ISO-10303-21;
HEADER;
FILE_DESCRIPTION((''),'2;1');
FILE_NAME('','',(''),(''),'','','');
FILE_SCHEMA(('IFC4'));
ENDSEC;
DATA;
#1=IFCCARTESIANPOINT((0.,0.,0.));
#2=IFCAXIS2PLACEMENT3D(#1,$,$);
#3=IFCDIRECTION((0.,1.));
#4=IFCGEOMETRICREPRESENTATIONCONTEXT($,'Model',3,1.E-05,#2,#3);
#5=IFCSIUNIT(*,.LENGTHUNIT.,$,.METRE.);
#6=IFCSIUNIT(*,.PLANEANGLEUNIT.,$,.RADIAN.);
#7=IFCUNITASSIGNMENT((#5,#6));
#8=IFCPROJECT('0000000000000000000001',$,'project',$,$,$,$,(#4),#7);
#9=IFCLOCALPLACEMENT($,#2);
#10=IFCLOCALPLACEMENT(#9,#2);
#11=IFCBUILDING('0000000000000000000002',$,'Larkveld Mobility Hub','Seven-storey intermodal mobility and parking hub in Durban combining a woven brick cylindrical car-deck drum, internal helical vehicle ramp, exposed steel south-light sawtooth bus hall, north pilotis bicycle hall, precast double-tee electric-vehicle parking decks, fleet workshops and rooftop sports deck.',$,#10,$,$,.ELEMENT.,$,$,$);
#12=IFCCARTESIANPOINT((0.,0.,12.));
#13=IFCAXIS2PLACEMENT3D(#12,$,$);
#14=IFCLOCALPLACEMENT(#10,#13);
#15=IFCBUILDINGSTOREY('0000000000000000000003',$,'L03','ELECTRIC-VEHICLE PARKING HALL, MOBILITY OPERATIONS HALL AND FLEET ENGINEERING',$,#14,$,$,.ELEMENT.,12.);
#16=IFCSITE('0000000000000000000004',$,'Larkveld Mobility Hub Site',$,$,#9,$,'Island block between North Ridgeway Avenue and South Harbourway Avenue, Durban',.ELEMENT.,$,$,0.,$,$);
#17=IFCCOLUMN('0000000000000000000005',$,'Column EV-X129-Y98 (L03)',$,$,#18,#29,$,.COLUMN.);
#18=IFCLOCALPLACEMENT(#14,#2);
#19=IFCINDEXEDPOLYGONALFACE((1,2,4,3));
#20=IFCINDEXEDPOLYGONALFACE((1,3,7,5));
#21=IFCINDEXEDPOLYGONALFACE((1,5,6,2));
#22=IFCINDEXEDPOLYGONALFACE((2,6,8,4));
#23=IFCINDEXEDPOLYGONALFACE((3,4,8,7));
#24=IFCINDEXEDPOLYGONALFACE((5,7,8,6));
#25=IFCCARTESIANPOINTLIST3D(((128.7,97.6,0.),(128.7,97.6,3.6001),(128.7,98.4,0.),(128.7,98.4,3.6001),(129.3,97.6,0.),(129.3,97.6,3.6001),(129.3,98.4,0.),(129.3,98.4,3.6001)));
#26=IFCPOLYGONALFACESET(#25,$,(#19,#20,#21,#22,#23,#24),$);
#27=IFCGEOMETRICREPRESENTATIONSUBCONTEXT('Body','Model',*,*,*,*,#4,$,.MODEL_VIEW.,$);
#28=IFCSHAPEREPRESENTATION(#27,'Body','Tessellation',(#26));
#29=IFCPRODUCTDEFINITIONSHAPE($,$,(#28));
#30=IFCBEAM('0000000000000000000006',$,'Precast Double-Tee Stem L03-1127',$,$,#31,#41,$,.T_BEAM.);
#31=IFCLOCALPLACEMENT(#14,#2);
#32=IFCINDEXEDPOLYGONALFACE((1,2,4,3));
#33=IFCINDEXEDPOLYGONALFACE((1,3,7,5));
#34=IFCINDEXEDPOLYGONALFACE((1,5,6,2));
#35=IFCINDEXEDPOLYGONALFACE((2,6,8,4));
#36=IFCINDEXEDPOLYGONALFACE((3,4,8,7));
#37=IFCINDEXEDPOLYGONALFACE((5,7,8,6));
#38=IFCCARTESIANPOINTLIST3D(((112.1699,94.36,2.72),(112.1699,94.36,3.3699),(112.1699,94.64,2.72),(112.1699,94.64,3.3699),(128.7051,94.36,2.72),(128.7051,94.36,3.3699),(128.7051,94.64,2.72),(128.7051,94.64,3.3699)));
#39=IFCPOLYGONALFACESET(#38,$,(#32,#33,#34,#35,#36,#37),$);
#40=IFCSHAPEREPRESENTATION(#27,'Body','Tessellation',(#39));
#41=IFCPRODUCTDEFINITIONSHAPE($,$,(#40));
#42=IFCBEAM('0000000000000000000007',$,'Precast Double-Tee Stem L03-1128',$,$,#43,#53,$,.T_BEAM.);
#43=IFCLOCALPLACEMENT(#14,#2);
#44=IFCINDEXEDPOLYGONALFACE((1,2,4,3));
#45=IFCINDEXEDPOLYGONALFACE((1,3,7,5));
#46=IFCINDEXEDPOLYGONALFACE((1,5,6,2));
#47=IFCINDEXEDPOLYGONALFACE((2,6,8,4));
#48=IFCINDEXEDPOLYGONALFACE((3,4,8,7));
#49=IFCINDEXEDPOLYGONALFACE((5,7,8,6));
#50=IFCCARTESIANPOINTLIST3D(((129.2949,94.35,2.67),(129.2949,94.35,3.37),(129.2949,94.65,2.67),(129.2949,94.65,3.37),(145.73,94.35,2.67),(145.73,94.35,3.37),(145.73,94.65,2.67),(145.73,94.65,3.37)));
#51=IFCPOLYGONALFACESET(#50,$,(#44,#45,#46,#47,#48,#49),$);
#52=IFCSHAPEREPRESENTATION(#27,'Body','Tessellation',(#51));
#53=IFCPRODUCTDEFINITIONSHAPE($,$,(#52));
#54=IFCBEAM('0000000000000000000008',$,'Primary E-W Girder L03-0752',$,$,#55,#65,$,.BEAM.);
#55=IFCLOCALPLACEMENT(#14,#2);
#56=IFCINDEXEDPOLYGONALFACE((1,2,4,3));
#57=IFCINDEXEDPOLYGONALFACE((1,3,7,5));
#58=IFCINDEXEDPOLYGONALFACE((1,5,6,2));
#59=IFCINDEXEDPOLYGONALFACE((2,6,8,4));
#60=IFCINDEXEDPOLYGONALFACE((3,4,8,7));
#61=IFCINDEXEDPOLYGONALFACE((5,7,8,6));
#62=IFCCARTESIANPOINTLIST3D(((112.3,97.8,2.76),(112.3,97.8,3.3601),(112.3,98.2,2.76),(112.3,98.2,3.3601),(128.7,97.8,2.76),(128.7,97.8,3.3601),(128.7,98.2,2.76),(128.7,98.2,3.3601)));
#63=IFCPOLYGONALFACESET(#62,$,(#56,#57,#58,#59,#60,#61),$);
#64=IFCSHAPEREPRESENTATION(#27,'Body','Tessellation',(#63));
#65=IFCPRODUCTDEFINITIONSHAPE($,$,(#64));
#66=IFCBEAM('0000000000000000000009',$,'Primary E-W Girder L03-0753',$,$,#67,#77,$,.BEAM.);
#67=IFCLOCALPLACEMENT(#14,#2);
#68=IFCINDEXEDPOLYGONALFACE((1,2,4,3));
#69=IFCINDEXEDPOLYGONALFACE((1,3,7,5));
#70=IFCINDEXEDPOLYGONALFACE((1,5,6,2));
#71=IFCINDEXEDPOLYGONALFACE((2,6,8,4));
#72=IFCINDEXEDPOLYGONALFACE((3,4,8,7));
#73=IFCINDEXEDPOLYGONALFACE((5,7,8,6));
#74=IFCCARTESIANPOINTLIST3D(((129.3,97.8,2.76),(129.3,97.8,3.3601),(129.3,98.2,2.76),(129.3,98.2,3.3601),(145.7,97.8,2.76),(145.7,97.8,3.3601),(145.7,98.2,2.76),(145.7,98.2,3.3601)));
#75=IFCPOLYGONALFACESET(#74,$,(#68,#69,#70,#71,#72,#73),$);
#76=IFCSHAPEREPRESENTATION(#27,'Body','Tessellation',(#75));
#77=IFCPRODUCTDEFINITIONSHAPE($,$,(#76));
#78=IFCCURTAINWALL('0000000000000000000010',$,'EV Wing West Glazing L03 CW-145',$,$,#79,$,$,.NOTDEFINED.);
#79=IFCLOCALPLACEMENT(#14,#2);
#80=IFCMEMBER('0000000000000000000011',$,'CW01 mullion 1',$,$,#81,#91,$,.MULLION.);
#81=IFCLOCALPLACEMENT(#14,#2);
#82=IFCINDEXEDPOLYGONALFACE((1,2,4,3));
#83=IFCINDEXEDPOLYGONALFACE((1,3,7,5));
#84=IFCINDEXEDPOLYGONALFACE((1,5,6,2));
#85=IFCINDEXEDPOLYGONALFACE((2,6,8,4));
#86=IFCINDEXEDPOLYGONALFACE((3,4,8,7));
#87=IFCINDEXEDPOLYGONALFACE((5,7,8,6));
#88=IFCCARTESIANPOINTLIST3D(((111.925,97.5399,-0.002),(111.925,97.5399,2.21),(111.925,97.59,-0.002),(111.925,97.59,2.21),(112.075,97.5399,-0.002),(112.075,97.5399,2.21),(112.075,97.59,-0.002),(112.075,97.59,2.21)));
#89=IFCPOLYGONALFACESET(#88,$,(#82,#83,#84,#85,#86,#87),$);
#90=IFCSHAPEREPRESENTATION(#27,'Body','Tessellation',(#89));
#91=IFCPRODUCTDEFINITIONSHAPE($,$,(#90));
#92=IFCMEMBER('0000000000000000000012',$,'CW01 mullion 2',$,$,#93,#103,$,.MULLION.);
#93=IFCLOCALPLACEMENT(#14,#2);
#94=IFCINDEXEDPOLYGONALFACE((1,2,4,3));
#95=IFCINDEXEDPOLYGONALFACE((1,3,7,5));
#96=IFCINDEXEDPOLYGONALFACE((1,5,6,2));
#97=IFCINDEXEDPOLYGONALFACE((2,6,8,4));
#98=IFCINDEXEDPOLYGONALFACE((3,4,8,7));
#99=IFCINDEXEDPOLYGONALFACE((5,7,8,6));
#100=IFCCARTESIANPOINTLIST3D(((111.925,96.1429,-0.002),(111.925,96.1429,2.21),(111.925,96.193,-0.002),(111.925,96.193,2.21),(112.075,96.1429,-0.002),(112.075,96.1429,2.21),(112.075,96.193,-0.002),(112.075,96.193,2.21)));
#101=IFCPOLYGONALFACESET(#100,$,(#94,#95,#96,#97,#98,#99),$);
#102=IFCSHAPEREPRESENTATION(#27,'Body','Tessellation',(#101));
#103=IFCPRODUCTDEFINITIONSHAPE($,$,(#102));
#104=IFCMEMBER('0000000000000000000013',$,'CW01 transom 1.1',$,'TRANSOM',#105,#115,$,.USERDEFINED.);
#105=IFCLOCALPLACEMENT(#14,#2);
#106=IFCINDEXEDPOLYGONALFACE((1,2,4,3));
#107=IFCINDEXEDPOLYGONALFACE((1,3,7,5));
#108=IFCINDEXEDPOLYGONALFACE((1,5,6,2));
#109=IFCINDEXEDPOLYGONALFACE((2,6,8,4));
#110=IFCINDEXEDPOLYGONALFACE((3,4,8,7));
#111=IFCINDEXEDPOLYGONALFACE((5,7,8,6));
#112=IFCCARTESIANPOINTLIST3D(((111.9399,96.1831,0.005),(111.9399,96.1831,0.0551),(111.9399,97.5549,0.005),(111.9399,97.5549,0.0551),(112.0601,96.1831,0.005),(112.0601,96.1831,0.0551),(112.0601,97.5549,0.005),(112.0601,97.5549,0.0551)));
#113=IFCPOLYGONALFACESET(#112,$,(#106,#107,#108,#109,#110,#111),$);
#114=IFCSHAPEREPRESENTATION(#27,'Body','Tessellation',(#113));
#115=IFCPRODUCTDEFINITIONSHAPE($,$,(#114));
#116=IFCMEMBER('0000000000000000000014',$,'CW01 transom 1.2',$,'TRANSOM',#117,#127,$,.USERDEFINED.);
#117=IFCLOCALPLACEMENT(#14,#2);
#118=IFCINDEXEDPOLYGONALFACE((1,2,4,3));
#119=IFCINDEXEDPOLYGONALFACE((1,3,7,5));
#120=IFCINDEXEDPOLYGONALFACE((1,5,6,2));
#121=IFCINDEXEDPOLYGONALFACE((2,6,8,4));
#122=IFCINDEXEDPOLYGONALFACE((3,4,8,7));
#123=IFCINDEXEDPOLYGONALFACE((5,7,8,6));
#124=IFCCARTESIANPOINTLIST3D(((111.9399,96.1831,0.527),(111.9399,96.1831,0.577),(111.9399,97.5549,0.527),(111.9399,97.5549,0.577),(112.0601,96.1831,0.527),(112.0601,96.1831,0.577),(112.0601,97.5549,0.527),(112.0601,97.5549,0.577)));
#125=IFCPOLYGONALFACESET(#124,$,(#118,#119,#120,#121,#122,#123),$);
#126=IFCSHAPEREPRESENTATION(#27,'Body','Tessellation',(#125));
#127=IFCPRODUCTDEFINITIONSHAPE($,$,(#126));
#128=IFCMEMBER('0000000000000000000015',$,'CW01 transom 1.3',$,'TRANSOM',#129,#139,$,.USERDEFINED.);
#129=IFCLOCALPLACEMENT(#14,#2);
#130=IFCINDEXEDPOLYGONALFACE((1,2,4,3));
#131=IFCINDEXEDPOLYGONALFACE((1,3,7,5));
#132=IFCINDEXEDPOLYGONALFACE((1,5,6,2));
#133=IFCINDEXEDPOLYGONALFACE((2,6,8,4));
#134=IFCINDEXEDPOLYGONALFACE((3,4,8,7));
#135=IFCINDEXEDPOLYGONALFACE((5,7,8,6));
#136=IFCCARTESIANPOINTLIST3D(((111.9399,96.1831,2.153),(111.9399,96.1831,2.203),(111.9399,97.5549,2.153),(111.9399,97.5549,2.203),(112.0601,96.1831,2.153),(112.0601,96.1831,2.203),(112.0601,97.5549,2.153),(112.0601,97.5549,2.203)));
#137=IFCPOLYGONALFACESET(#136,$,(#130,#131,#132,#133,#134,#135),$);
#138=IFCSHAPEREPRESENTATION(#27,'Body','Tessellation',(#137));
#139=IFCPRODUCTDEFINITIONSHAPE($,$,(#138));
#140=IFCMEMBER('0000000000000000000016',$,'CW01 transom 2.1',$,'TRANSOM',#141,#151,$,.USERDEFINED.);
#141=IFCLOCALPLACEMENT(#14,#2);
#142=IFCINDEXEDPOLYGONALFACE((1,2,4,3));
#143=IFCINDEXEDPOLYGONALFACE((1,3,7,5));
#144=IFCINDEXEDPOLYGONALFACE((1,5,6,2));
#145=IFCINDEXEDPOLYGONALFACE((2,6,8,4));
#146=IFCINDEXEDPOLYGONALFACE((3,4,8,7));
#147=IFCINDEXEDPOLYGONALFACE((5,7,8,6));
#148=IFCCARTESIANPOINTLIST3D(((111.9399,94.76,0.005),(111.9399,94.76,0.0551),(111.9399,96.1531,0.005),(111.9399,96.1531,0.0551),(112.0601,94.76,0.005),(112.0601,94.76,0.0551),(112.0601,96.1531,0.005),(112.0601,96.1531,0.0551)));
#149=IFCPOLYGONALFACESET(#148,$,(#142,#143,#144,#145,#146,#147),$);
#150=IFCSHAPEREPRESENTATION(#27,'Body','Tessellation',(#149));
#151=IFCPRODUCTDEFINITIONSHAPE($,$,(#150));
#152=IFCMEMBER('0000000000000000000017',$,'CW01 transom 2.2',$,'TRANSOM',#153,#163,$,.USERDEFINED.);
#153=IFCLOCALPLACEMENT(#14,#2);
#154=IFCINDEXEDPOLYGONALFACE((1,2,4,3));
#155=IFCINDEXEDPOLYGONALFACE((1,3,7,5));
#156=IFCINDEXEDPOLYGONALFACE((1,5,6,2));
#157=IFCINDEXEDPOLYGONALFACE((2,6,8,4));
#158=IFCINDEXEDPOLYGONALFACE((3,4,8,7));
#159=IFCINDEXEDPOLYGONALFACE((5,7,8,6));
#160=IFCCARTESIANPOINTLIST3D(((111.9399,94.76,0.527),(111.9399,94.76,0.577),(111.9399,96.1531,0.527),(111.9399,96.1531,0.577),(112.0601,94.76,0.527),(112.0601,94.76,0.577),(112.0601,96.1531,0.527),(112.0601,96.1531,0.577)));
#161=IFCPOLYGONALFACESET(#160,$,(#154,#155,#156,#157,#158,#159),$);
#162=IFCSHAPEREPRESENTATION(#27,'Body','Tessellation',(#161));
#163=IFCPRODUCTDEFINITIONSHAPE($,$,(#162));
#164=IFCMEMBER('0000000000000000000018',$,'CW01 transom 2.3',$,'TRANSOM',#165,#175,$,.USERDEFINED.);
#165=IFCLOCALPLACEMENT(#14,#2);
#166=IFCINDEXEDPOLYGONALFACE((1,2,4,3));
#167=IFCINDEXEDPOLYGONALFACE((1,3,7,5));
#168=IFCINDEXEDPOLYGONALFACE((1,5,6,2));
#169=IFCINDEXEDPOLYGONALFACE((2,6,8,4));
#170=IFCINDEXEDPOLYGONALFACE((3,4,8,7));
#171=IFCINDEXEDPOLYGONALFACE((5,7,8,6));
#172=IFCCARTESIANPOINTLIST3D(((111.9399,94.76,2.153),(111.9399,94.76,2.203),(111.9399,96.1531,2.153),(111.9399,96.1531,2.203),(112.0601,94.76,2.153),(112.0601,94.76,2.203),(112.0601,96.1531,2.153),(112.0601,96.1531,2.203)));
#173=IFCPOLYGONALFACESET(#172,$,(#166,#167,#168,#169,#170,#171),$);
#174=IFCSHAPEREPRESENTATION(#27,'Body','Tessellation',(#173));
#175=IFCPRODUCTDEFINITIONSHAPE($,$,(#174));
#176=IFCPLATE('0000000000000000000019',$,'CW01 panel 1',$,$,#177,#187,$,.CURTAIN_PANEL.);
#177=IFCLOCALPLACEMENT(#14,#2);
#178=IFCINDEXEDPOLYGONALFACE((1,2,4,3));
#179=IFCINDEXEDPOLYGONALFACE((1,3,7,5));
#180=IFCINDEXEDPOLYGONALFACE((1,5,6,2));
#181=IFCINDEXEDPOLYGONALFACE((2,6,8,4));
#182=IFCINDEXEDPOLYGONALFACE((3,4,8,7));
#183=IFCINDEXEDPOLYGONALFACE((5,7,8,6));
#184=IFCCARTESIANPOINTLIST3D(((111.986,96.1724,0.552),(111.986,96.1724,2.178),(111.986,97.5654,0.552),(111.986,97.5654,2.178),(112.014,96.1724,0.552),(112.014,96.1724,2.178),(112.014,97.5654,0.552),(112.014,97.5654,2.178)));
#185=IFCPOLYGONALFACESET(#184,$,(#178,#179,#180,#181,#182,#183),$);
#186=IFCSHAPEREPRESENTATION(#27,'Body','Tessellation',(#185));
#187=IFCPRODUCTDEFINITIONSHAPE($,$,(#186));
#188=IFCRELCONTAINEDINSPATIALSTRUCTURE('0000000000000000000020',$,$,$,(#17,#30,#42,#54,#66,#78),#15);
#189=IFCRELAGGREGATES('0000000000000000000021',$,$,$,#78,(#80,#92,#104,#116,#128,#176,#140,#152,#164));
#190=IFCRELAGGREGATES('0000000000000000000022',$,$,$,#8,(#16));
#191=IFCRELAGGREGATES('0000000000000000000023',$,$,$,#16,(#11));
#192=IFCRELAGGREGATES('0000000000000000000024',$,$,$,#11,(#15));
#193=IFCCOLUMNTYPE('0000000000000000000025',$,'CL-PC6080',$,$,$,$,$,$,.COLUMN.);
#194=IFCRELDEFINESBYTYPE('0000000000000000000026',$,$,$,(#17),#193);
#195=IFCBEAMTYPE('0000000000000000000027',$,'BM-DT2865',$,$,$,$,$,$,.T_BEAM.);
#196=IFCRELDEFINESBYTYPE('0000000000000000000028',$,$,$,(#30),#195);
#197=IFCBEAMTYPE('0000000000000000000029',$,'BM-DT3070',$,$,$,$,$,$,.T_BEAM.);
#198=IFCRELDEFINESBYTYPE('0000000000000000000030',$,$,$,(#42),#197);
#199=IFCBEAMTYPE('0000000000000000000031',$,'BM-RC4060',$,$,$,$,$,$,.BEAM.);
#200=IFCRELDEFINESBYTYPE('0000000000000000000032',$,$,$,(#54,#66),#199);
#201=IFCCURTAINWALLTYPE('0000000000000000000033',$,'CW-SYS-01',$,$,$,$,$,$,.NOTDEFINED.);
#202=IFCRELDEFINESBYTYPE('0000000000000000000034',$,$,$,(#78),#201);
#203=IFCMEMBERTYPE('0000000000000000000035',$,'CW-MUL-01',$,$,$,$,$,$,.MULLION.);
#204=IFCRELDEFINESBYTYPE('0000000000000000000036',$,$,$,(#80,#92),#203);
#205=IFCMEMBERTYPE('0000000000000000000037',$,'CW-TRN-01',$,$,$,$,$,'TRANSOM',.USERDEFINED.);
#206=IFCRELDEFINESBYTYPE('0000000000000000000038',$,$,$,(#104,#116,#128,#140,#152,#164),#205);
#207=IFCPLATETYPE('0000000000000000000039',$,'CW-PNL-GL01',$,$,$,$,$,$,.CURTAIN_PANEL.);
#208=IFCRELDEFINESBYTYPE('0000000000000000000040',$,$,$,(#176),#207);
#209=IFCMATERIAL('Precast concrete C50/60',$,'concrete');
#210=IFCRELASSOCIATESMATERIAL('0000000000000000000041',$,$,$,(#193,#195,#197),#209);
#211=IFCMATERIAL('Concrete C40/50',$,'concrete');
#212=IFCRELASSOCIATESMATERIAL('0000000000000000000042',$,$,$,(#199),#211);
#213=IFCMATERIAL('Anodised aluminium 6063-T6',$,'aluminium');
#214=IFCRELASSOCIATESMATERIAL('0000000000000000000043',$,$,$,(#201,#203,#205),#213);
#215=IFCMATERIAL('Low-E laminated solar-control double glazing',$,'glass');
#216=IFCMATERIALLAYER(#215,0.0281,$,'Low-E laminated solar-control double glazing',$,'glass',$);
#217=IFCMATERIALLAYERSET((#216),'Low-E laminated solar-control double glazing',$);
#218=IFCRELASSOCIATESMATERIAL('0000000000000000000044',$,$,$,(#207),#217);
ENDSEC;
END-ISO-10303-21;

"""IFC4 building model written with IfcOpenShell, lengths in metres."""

from ifc_helpers import new_model, si_unit, direction, frame, origin, origin_2d, place, context, subcontext, project, spatial, rectangle, extrude, material, layer, layer_set, material_profile, profile_set, type_object, element, aggregate, save


model = new_model("IFC4")

# Units and contexts
model_context = context("Model", 3, precision=1e-05, world=origin(), true_north=direction((0.0, 1.0)))
body_context = subcontext(model_context, "Body", "Model", "MODEL_VIEW")
ifc_project = project(units=[si_unit("LENGTHUNIT", "METRE"), si_unit("PLANEANGLEUNIT", "RADIAN")], contexts=[model_context])

# Site, building, storey
site_placement = place(None, origin())
site = spatial("IfcSite", under=ifc_project, at=site_placement, Name="Larkveld Mobility Hub Site", LongName="Island block between North Ridgeway Avenue and South Harbourway Avenue, Durban", CompositionType="ELEMENT", RefElevation=0.0)
building_placement = place(site_placement, origin())
building = spatial("IfcBuilding", under=site, at=building_placement, Name="Larkveld Mobility Hub", Description="Seven-storey intermodal mobility and parking hub in Durban combining a woven brick cylindrical car-deck drum, internal helical vehicle ramp, exposed steel south-light sawtooth bus hall, north pilotis bicycle hall, precast double-tee electric-vehicle parking decks, fleet workshops and rooftop sports deck.", CompositionType="ELEMENT")
storey_placement = place(building_placement, frame((0.0, 0.0, 12.0)))
storey = spatial("IfcBuildingStorey", under=building, at=storey_placement, Name="L03", Description="ELECTRIC-VEHICLE PARKING HALL, MOBILITY OPERATIONS HALL AND FLEET ENGINEERING", CompositionType="ELEMENT", Elevation=12.0)

# Column
ifc_material_1 = material(Name="Precast concrete C50/60", Category="concrete")
ifc_material_profile_1 = material_profile(ifc_material_1, rectangle(XDim=0.6001, YDim=0.8, at=origin_2d()), Name="RC COL 600x800")
ifc_profile_set_1 = profile_set([ifc_material_profile_1], Name="Precast concrete C50/60")
column_type = type_object("IfcColumnType", Name="CL-PC6080", PredefinedType="COLUMN", material=ifc_profile_set_1)
column_placement = place(storey_placement, frame((129.0, 98.0, 0.0), z_axis=(0.0, 0.0, 1.0), x_axis=(1.0, 0.0, 0.0)))
element("IfcColumn", 1, at=column_placement, inside=storey, type_object=column_type, Name="Column EV-X129-Y98 (L03)", PredefinedType="COLUMN", context=body_context, shape_type="SweptSolid", body=[
    extrude(rectangle(XDim=0.6001, YDim=0.8, at=origin_2d()), origin(), (0.0, 0.0, 1.0), 3.6001),
])

# Beams
ifc_material_profile_2 = material_profile(ifc_material_1, rectangle(XDim=0.28, YDim=0.6499, at=origin_2d()), Name="PC DT 280x650")
ifc_profile_set_2 = profile_set([ifc_material_profile_2], Name="Precast concrete C50/60")
beam_type_1 = type_object("IfcBeamType", Name="BM-DT2865", PredefinedType="T_BEAM", material=ifc_profile_set_2)
beam_1_placement = place(storey_placement, frame((112.1699, 94.5, 3.0449), z_axis=(1.0, 0.0, 0.0), x_axis=(0.0, 1.0, 0.0)))
element("IfcBeam", 2, at=beam_1_placement, inside=storey, type_object=beam_type_1, Name="Precast Double-Tee Stem L03-1127", PredefinedType="T_BEAM", context=body_context, shape_type="SweptSolid", body=[
    extrude(rectangle(XDim=0.28, YDim=0.6499, at=origin_2d()), origin(), (0.0, 0.0, 1.0), 16.5352),
])
ifc_material_profile_3 = material_profile(ifc_material_1, rectangle(XDim=0.3, YDim=0.7, at=origin_2d()), Name="PC DT 300x700")
ifc_profile_set_3 = profile_set([ifc_material_profile_3], Name="Precast concrete C50/60")
beam_type_2 = type_object("IfcBeamType", Name="BM-DT3070", PredefinedType="T_BEAM", material=ifc_profile_set_3)
beam_2_placement = place(storey_placement, frame((129.2949, 94.5, 3.02), z_axis=(1.0, 0.0, 0.0), x_axis=(0.0, 1.0, 0.0)))
element("IfcBeam", 3, at=beam_2_placement, inside=storey, type_object=beam_type_2, Name="Precast Double-Tee Stem L03-1128", PredefinedType="T_BEAM", context=body_context, shape_type="SweptSolid", body=[
    extrude(rectangle(XDim=0.3, YDim=0.7, at=origin_2d()), origin(), (0.0, 0.0, 1.0), 16.4351),
])
ifc_material_2 = material(Name="Concrete C40/50", Category="concrete")
ifc_material_profile_4 = material_profile(ifc_material_2, rectangle(XDim=0.3999, YDim=0.6001, at=origin_2d()), Name="RC BM 400x600")
ifc_profile_set_4 = profile_set([ifc_material_profile_4], Name="Concrete C40/50")
beam_type_3 = type_object("IfcBeamType", Name="BM-RC4060", PredefinedType="BEAM", material=ifc_profile_set_4)
for number, where, z_axis, x_axis, name in (
    (4, (112.3, 98.0, 3.0601), (1.0, 0.0, 0.0), (0.0, 1.0, 0.0), "Primary E-W Girder L03-0752"),
    (5, (129.3, 98.0, 3.0601), (1.0, 0.0, 0.0), (0.0, 1.0, 0.0), "Primary E-W Girder L03-0753"),
):
    element("IfcBeam", number, at=place(storey_placement, frame(where, z_axis=z_axis, x_axis=x_axis)), inside=storey, type_object=beam_type_3, Name=name, PredefinedType="BEAM", context=body_context, shape_type="SweptSolid", body=[
        extrude(rectangle(XDim=0.3999, YDim=0.6001, at=origin_2d()), origin(), (0.0, 0.0, 1.0), 16.3999),
    ])

# Curtain wall, members, plate
ifc_material_3 = material(Name="Anodised aluminium 6063-T6", Category="aluminium")
curtain_wall_type = type_object("IfcCurtainWallType", Name="CW-SYS-01", PredefinedType="NOTDEFINED", material=ifc_material_3)
curtain_wall_placement = place(storey_placement, origin())
curtain_wall = element("IfcCurtainWall", 6, at=curtain_wall_placement, inside=storey, type_object=curtain_wall_type, Name="EV Wing West Glazing L03 CW-145", PredefinedType="NOTDEFINED")
ifc_material_profile_5 = material_profile(ifc_material_3, rectangle(XDim=0.05, YDim=0.1499, at=origin_2d()), Name="ALU MULL 50x150")
ifc_profile_set_5 = profile_set([ifc_material_profile_5], Name="Anodised aluminium 6063-T6")
member_type_1 = type_object("IfcMemberType", Name="CW-MUL-01", PredefinedType="MULLION", material=ifc_profile_set_5)
member_1_placement = place(storey_placement, frame((112.0, 97.5649, -0.002), z_axis=(0.0, 0.0, 1.0), x_axis=(0.0, -1.0, 0.0)))
member_1 = element("IfcMember", 7, at=member_1_placement, type_object=member_type_1, Name="CW01 mullion 1", PredefinedType="MULLION", context=body_context, shape_type="SweptSolid", body=[
    extrude(rectangle(XDim=0.05, YDim=0.1499, at=origin_2d()), origin(), (0.0, 0.0, 1.0), 2.2119),
])
member_2_placement = place(storey_placement, frame((112.0, 96.168, -0.002), z_axis=(0.0, 0.0, 1.0), x_axis=(0.0, -1.0, 0.0)))
member_2 = element("IfcMember", 8, at=member_2_placement, type_object=member_type_1, Name="CW01 mullion 2", PredefinedType="MULLION", context=body_context, shape_type="SweptSolid", body=[
    extrude(rectangle(XDim=0.05, YDim=0.1499, at=origin_2d()), origin(), (0.0, 0.0, 1.0), 2.2119),
])
ifc_material_profile_6 = material_profile(ifc_material_3, rectangle(XDim=0.1201, YDim=0.05, at=origin_2d()), Name="ALU TRAN 50x120")
ifc_profile_set_6 = profile_set([ifc_material_profile_6], Name="Anodised aluminium 6063-T6")
member_type_2 = type_object("IfcMemberType", Name="CW-TRN-01", ElementType="TRANSOM", PredefinedType="USERDEFINED", material=ifc_profile_set_6)
member_3_placement = place(storey_placement, frame((112.0, 97.5549, 0.03), z_axis=(0.0, -1.0, 0.0), x_axis=(1.0, 0.0, 0.0)))
member_3 = element("IfcMember", 9, at=member_3_placement, type_object=member_type_2, Name="CW01 transom 1.1", ObjectType="TRANSOM", PredefinedType="USERDEFINED", context=body_context, shape_type="SweptSolid", body=[
    extrude(rectangle(XDim=0.1201, YDim=0.05, at=origin_2d()), origin(), (0.0, 0.0, 1.0), 1.3718),
])
member_4_placement = place(storey_placement, frame((112.0, 97.5549, 0.552), z_axis=(0.0, -1.0, 0.0), x_axis=(1.0, 0.0, 0.0)))
member_4 = element("IfcMember", 10, at=member_4_placement, type_object=member_type_2, Name="CW01 transom 1.2", ObjectType="TRANSOM", PredefinedType="USERDEFINED", context=body_context, shape_type="SweptSolid", body=[
    extrude(rectangle(XDim=0.1201, YDim=0.05, at=origin_2d()), origin(), (0.0, 0.0, 1.0), 1.3718),
])
member_5_placement = place(storey_placement, frame((112.0, 97.5549, 2.178), z_axis=(0.0, -1.0, 0.0), x_axis=(1.0, 0.0, 0.0)))
member_5 = element("IfcMember", 11, at=member_5_placement, type_object=member_type_2, Name="CW01 transom 1.3", ObjectType="TRANSOM", PredefinedType="USERDEFINED", context=body_context, shape_type="SweptSolid", body=[
    extrude(rectangle(XDim=0.1201, YDim=0.05, at=origin_2d()), origin(), (0.0, 0.0, 1.0), 1.3718),
])
member_6_placement = place(storey_placement, frame((112.0, 96.1531, 0.03), z_axis=(0.0, -1.0, 0.0), x_axis=(1.0, 0.0, 0.0)))
member_6 = element("IfcMember", 12, at=member_6_placement, type_object=member_type_2, Name="CW01 transom 2.1", ObjectType="TRANSOM", PredefinedType="USERDEFINED", context=body_context, shape_type="SweptSolid", body=[
    extrude(rectangle(XDim=0.1201, YDim=0.05, at=origin_2d()), origin(), (0.0, 0.0, 1.0), 1.3931),
])
member_7_placement = place(storey_placement, frame((112.0, 96.1531, 0.552), z_axis=(0.0, -1.0, 0.0), x_axis=(1.0, 0.0, 0.0)))
member_7 = element("IfcMember", 13, at=member_7_placement, type_object=member_type_2, Name="CW01 transom 2.2", ObjectType="TRANSOM", PredefinedType="USERDEFINED", context=body_context, shape_type="SweptSolid", body=[
    extrude(rectangle(XDim=0.1201, YDim=0.05, at=origin_2d()), origin(), (0.0, 0.0, 1.0), 1.3931),
])
member_8_placement = place(storey_placement, frame((112.0, 96.1531, 2.178), z_axis=(0.0, -1.0, 0.0), x_axis=(1.0, 0.0, 0.0)))
member_8 = element("IfcMember", 14, at=member_8_placement, type_object=member_type_2, Name="CW01 transom 2.3", ObjectType="TRANSOM", PredefinedType="USERDEFINED", context=body_context, shape_type="SweptSolid", body=[
    extrude(rectangle(XDim=0.1201, YDim=0.05, at=origin_2d()), origin(), (0.0, 0.0, 1.0), 1.3931),
])
ifc_material_4 = material(Name="Low-E laminated solar-control double glazing", Category="glass")
ifc_layer_1 = layer(ifc_material_4, 0.0281, Name="Low-E laminated solar-control double glazing", Category="glass")
ifc_layer_set_1 = layer_set([ifc_layer_1], Name="Low-E laminated solar-control double glazing")
plate_type_1 = type_object("IfcPlateType", Name="CW-PNL-GL01", PredefinedType="CURTAIN_PANEL", material=ifc_layer_set_1)
plate_1_placement = place(storey_placement, frame((112.0, 96.8689, 0.552), z_axis=(0.0, 0.0, 1.0), x_axis=(0.0, -1.0, 0.0)))
plate_1 = element("IfcPlate", 15, at=plate_1_placement, type_object=plate_type_1, Name="CW01 panel 1", PredefinedType="CURTAIN_PANEL", context=body_context, shape_type="SweptSolid", body=[
    extrude(rectangle(XDim=1.3931, YDim=0.0281, at=origin_2d()), origin(), (0.0, 0.0, 1.0), 1.626),
])
aggregate(curtain_wall, [member_1, member_2, member_3, member_4, member_5, plate_1, member_6, member_7, member_8])

save(model, "model.ifc")
